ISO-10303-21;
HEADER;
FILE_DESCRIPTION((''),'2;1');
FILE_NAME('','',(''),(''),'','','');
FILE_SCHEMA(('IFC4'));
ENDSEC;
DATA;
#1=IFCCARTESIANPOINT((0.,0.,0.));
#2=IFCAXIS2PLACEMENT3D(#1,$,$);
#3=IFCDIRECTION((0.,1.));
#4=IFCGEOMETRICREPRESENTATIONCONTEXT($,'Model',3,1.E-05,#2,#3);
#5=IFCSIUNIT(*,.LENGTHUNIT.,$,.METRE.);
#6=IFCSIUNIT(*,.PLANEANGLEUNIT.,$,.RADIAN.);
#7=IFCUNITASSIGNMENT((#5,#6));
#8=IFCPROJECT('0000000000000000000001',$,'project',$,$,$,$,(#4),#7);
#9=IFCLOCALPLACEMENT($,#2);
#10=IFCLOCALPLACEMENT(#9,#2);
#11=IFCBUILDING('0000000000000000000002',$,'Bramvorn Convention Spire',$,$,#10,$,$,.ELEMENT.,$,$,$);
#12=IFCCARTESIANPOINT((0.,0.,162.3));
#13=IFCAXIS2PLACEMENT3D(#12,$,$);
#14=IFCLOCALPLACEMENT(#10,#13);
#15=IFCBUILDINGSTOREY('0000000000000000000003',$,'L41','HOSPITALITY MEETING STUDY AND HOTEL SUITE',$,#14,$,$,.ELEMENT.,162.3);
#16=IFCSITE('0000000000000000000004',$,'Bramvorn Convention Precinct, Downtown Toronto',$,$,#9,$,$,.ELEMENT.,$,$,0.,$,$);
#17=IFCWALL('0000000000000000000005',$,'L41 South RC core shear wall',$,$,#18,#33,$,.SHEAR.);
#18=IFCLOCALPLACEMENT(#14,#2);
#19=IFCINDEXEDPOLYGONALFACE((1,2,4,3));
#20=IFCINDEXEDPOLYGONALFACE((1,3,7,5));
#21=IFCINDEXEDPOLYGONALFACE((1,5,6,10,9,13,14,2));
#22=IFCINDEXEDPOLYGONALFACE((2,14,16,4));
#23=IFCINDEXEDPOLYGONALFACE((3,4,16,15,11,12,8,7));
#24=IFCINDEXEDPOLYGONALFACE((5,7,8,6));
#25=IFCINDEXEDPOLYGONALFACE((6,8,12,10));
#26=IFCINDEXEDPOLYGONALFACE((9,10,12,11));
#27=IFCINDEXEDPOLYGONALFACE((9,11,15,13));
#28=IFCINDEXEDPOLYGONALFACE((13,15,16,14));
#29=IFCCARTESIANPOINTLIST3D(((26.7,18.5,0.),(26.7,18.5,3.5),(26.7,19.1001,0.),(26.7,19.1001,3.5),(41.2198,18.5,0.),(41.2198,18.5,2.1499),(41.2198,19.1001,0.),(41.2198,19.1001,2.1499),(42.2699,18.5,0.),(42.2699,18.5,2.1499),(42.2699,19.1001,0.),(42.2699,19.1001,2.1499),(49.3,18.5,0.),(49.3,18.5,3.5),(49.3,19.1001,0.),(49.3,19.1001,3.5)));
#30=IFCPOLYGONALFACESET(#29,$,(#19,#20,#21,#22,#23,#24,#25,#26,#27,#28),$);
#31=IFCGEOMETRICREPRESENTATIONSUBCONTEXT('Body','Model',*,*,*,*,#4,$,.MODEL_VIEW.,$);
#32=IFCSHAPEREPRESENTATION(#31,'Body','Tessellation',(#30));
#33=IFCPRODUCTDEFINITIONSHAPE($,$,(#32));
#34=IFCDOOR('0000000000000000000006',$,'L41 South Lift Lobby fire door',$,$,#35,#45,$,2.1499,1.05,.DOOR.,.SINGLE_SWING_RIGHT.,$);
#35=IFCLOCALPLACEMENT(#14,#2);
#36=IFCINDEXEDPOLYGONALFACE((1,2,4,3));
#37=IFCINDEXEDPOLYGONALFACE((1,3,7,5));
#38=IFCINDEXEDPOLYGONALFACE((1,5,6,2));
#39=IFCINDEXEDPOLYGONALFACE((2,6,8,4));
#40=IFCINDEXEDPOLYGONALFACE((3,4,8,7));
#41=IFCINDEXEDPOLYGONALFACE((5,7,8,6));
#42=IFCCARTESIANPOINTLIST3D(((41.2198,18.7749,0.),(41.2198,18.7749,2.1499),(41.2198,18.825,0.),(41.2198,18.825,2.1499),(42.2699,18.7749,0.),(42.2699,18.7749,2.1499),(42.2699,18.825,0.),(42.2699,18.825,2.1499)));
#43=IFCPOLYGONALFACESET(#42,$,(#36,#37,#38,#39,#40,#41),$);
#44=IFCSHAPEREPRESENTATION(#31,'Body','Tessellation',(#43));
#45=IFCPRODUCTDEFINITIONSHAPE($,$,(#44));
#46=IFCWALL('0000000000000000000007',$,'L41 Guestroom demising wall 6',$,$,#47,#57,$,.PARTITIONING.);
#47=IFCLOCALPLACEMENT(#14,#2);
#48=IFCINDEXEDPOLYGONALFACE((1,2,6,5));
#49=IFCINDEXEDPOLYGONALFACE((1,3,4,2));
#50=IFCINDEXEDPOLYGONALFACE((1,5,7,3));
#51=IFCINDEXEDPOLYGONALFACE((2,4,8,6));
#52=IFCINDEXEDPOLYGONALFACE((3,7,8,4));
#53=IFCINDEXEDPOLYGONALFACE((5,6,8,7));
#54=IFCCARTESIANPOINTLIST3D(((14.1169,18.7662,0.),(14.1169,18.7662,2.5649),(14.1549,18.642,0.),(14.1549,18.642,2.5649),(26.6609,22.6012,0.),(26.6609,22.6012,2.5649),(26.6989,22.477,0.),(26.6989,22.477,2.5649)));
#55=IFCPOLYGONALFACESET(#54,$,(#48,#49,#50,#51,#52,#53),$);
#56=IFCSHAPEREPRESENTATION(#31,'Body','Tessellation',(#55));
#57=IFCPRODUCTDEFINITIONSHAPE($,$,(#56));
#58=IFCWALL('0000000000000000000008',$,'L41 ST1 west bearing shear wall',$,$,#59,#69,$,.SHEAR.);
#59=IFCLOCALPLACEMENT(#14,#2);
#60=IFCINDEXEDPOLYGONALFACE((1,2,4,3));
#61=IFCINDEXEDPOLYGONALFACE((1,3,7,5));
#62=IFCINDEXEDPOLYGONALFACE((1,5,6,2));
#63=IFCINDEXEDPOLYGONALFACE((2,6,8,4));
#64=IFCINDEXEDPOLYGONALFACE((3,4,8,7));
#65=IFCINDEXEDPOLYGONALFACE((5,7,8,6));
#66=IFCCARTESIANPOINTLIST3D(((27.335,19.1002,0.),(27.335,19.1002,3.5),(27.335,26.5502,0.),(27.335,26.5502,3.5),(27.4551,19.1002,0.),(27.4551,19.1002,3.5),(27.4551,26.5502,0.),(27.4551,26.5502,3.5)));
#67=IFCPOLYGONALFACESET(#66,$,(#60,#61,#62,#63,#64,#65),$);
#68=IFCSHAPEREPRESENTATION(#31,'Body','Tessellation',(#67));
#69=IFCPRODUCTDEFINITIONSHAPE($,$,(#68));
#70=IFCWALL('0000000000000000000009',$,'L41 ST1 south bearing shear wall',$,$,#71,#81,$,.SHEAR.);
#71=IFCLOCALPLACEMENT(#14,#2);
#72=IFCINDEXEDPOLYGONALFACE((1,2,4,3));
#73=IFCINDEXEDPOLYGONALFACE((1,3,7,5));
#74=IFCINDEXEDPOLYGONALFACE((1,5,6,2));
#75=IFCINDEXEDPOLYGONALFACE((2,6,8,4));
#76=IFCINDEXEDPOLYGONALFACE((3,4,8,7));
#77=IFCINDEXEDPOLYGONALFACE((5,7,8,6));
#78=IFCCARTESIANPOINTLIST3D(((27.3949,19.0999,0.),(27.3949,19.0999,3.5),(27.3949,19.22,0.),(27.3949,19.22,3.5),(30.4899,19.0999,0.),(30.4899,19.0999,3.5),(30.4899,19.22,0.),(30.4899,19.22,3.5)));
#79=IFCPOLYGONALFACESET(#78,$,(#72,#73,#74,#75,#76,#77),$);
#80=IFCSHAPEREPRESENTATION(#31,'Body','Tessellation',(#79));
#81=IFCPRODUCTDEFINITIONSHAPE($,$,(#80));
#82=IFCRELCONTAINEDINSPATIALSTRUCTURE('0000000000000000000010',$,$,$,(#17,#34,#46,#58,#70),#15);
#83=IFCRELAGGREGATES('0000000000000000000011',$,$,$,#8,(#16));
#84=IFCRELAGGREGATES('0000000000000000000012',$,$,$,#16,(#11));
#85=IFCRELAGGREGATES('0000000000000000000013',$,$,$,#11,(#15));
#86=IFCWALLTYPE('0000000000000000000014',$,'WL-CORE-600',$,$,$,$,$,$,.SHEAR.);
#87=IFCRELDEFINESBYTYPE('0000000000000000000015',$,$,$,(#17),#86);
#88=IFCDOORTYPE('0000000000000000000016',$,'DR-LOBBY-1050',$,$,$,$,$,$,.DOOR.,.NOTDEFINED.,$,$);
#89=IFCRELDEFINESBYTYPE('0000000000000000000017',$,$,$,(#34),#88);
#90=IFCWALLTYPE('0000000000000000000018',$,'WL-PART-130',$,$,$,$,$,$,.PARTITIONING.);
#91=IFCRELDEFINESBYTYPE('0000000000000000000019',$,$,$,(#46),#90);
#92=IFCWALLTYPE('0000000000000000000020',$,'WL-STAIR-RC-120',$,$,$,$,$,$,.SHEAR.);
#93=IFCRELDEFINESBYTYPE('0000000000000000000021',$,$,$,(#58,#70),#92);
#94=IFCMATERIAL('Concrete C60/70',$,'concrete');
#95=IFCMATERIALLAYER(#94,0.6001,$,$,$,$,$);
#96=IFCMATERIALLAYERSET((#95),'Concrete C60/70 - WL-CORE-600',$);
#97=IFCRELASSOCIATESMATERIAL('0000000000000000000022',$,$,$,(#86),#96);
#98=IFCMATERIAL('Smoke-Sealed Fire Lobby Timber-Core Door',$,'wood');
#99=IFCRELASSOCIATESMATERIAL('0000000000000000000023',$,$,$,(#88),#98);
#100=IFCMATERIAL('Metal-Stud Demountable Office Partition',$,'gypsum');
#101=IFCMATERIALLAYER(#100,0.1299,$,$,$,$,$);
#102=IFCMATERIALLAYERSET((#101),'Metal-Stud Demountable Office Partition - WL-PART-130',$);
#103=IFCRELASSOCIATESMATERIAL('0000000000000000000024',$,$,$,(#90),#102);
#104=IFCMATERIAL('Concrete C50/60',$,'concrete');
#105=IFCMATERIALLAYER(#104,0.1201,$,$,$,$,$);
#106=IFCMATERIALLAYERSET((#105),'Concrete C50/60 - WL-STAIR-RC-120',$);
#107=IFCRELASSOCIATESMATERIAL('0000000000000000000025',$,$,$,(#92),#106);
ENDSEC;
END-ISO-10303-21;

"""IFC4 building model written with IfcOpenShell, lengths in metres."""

from ifc_helpers import new_model, si_unit, direction, frame, frame_2d, origin, place, context, subcontext, project, spatial, rectangle, extrude, material, layer, layer_set, type_object, element, fill, save


model = new_model("IFC4")

# Units and contexts
model_context = context("Model", 3, precision=1e-05, world=origin(), true_north=direction((0.0, 1.0)))
body_context = subcontext(model_context, "Body", "Model", "MODEL_VIEW")
ifc_project = project(units=[si_unit("LENGTHUNIT", "METRE"), si_unit("PLANEANGLEUNIT", "RADIAN")], contexts=[model_context])

# Site, building, storey
site_placement = place(None, origin())
site = spatial("IfcSite", under=ifc_project, at=site_placement, Name="Bramvorn Convention Precinct, Downtown Toronto", CompositionType="ELEMENT", RefElevation=0.0)
building_placement = place(site_placement, origin())
building = spatial("IfcBuilding", under=site, at=building_placement, Name="Bramvorn Convention Spire", CompositionType="ELEMENT")
storey_placement = place(building_placement, frame((0.0, 0.0, 162.3)))
storey = spatial("IfcBuildingStorey", under=building, at=storey_placement, Name="L41", Description="HOSPITALITY MEETING STUDY AND HOTEL SUITE", CompositionType="ELEMENT", Elevation=162.3)

# Wall, opening, door
ifc_material_1 = material(Name="Concrete C60/70", Category="concrete")
ifc_layer_1 = layer(ifc_material_1, 0.6001)
ifc_layer_set_1 = layer_set([ifc_layer_1], Name="Concrete C60/70 - WL-CORE-600")
wall_type_1 = type_object("IfcWallType", Name="WL-CORE-600", PredefinedType="SHEAR", material=ifc_layer_set_1)
wall_1_placement = place(storey_placement, frame((26.7, 18.8, 0.0), z_axis=(0.0, 0.0, 1.0), x_axis=(1.0, 0.0, 0.0)))
wall_1 = element("IfcWall", 1, at=wall_1_placement, inside=storey, type_object=wall_type_1, Name="L41 South RC core shear wall", PredefinedType="SHEAR", context=body_context, shape_type="SweptSolid", body=[
    extrude(rectangle(XDim=22.6001, YDim=0.6001, at=frame_2d((11.3, 0.0))), origin(), (0.0, 0.0, 1.0), 3.5),
])
opening_1_placement = place(wall_1_placement, frame((14.52, 0.0, 0.0)))
opening_1 = element("IfcOpeningElement", 2, at=opening_1_placement, cuts=wall_1, PredefinedType="OPENING", context=body_context, shape_type="SweptSolid", body=[
    extrude(rectangle(XDim=1.05, YDim=2.1499, at=frame_2d((0.5249, 1.075))), frame((0.0, 0.3101, 0.0), z_axis=(0.0, -1.0, 0.0), x_axis=(1.0, 0.0, 0.0)), (0.0, 0.0, 1.0), 0.6201),
])
ifc_material_2 = material(Name="Smoke-Sealed Fire Lobby Timber-Core Door", Category="wood")
door_type = type_object("IfcDoorType", Name="DR-LOBBY-1050", OperationType="NOTDEFINED", PredefinedType="DOOR", material=ifc_material_2)
door_1_placement = place(opening_1_placement, origin())
door_1 = element("IfcDoor", 3, at=door_1_placement, inside=storey, type_object=door_type, Name="L41 South Lift Lobby fire door", OperationType="SINGLE_SWING_RIGHT", OverallHeight=2.1499, OverallWidth=1.05, PredefinedType="DOOR", context=body_context, shape_type="SweptSolid", body=[
    extrude(rectangle(XDim=1.05, YDim=2.1499, at=frame_2d((0.5249, 1.075))), frame((0.0, 0.0249, 0.0), z_axis=(0.0, -1.0, 0.0), x_axis=(1.0, 0.0, 0.0)), (0.0, 0.0, 1.0), 0.05),
])
fill(opening_1, door_1)

# Walls
ifc_material_3 = material(Name="Metal-Stud Demountable Office Partition", Category="gypsum")
ifc_layer_2 = layer(ifc_material_3, 0.1299)
ifc_layer_set_2 = layer_set([ifc_layer_2], Name="Metal-Stud Demountable Office Partition - WL-PART-130")
wall_type_2 = type_object("IfcWallType", Name="WL-PART-130", PredefinedType="PARTITIONING", material=ifc_layer_set_2)
wall_2_placement = place(storey_placement, frame((26.6799, 22.5391, 0.0), z_axis=(0.0, 0.0, 1.0), x_axis=(-0.956307, -0.292364, 0.0)))
element("IfcWall", 4, at=wall_2_placement, inside=storey, type_object=wall_type_2, Name="L41 Guestroom demising wall 6", PredefinedType="PARTITIONING", context=body_context, shape_type="SweptSolid", body=[
    extrude(rectangle(XDim=13.1172, YDim=0.1299, at=frame_2d((6.5586, 0.0))), origin(), (0.0, 0.0, 1.0), 2.5649),
])
ifc_material_4 = material(Name="Concrete C50/60", Category="concrete")
ifc_layer_3 = layer(ifc_material_4, 0.1201)
ifc_layer_set_3 = layer_set([ifc_layer_3], Name="Concrete C50/60 - WL-STAIR-RC-120")
wall_type_3 = type_object("IfcWallType", Name="WL-STAIR-RC-120", PredefinedType="SHEAR", material=ifc_layer_set_3)
wall_3_placement = place(storey_placement, frame((27.395, 19.1001, 0.0), z_axis=(0.0, 0.0, 1.0), x_axis=(0.0, 1.0, 0.0)))
element("IfcWall", 5, at=wall_3_placement, inside=storey, type_object=wall_type_3, Name="L41 ST1 west bearing shear wall", PredefinedType="SHEAR", context=body_context, shape_type="SweptSolid", body=[
    extrude(rectangle(XDim=7.45, YDim=0.1201, at=frame_2d((3.7251, 0.0))), origin(), (0.0, 0.0, 1.0), 3.5),
])
wall_4_placement = place(storey_placement, frame((27.395, 19.1599, 0.0), z_axis=(0.0, 0.0, 1.0), x_axis=(1.0, 0.0, 0.0)))
element("IfcWall", 6, at=wall_4_placement, inside=storey, type_object=wall_type_3, Name="L41 ST1 south bearing shear wall", PredefinedType="SHEAR", context=body_context, shape_type="SweptSolid", body=[
    extrude(rectangle(XDim=3.095, YDim=0.1201, at=frame_2d((1.5474, 0.0))), origin(), (0.0, 0.0, 1.0), 3.5),
])

save(model, "model.ifc")
